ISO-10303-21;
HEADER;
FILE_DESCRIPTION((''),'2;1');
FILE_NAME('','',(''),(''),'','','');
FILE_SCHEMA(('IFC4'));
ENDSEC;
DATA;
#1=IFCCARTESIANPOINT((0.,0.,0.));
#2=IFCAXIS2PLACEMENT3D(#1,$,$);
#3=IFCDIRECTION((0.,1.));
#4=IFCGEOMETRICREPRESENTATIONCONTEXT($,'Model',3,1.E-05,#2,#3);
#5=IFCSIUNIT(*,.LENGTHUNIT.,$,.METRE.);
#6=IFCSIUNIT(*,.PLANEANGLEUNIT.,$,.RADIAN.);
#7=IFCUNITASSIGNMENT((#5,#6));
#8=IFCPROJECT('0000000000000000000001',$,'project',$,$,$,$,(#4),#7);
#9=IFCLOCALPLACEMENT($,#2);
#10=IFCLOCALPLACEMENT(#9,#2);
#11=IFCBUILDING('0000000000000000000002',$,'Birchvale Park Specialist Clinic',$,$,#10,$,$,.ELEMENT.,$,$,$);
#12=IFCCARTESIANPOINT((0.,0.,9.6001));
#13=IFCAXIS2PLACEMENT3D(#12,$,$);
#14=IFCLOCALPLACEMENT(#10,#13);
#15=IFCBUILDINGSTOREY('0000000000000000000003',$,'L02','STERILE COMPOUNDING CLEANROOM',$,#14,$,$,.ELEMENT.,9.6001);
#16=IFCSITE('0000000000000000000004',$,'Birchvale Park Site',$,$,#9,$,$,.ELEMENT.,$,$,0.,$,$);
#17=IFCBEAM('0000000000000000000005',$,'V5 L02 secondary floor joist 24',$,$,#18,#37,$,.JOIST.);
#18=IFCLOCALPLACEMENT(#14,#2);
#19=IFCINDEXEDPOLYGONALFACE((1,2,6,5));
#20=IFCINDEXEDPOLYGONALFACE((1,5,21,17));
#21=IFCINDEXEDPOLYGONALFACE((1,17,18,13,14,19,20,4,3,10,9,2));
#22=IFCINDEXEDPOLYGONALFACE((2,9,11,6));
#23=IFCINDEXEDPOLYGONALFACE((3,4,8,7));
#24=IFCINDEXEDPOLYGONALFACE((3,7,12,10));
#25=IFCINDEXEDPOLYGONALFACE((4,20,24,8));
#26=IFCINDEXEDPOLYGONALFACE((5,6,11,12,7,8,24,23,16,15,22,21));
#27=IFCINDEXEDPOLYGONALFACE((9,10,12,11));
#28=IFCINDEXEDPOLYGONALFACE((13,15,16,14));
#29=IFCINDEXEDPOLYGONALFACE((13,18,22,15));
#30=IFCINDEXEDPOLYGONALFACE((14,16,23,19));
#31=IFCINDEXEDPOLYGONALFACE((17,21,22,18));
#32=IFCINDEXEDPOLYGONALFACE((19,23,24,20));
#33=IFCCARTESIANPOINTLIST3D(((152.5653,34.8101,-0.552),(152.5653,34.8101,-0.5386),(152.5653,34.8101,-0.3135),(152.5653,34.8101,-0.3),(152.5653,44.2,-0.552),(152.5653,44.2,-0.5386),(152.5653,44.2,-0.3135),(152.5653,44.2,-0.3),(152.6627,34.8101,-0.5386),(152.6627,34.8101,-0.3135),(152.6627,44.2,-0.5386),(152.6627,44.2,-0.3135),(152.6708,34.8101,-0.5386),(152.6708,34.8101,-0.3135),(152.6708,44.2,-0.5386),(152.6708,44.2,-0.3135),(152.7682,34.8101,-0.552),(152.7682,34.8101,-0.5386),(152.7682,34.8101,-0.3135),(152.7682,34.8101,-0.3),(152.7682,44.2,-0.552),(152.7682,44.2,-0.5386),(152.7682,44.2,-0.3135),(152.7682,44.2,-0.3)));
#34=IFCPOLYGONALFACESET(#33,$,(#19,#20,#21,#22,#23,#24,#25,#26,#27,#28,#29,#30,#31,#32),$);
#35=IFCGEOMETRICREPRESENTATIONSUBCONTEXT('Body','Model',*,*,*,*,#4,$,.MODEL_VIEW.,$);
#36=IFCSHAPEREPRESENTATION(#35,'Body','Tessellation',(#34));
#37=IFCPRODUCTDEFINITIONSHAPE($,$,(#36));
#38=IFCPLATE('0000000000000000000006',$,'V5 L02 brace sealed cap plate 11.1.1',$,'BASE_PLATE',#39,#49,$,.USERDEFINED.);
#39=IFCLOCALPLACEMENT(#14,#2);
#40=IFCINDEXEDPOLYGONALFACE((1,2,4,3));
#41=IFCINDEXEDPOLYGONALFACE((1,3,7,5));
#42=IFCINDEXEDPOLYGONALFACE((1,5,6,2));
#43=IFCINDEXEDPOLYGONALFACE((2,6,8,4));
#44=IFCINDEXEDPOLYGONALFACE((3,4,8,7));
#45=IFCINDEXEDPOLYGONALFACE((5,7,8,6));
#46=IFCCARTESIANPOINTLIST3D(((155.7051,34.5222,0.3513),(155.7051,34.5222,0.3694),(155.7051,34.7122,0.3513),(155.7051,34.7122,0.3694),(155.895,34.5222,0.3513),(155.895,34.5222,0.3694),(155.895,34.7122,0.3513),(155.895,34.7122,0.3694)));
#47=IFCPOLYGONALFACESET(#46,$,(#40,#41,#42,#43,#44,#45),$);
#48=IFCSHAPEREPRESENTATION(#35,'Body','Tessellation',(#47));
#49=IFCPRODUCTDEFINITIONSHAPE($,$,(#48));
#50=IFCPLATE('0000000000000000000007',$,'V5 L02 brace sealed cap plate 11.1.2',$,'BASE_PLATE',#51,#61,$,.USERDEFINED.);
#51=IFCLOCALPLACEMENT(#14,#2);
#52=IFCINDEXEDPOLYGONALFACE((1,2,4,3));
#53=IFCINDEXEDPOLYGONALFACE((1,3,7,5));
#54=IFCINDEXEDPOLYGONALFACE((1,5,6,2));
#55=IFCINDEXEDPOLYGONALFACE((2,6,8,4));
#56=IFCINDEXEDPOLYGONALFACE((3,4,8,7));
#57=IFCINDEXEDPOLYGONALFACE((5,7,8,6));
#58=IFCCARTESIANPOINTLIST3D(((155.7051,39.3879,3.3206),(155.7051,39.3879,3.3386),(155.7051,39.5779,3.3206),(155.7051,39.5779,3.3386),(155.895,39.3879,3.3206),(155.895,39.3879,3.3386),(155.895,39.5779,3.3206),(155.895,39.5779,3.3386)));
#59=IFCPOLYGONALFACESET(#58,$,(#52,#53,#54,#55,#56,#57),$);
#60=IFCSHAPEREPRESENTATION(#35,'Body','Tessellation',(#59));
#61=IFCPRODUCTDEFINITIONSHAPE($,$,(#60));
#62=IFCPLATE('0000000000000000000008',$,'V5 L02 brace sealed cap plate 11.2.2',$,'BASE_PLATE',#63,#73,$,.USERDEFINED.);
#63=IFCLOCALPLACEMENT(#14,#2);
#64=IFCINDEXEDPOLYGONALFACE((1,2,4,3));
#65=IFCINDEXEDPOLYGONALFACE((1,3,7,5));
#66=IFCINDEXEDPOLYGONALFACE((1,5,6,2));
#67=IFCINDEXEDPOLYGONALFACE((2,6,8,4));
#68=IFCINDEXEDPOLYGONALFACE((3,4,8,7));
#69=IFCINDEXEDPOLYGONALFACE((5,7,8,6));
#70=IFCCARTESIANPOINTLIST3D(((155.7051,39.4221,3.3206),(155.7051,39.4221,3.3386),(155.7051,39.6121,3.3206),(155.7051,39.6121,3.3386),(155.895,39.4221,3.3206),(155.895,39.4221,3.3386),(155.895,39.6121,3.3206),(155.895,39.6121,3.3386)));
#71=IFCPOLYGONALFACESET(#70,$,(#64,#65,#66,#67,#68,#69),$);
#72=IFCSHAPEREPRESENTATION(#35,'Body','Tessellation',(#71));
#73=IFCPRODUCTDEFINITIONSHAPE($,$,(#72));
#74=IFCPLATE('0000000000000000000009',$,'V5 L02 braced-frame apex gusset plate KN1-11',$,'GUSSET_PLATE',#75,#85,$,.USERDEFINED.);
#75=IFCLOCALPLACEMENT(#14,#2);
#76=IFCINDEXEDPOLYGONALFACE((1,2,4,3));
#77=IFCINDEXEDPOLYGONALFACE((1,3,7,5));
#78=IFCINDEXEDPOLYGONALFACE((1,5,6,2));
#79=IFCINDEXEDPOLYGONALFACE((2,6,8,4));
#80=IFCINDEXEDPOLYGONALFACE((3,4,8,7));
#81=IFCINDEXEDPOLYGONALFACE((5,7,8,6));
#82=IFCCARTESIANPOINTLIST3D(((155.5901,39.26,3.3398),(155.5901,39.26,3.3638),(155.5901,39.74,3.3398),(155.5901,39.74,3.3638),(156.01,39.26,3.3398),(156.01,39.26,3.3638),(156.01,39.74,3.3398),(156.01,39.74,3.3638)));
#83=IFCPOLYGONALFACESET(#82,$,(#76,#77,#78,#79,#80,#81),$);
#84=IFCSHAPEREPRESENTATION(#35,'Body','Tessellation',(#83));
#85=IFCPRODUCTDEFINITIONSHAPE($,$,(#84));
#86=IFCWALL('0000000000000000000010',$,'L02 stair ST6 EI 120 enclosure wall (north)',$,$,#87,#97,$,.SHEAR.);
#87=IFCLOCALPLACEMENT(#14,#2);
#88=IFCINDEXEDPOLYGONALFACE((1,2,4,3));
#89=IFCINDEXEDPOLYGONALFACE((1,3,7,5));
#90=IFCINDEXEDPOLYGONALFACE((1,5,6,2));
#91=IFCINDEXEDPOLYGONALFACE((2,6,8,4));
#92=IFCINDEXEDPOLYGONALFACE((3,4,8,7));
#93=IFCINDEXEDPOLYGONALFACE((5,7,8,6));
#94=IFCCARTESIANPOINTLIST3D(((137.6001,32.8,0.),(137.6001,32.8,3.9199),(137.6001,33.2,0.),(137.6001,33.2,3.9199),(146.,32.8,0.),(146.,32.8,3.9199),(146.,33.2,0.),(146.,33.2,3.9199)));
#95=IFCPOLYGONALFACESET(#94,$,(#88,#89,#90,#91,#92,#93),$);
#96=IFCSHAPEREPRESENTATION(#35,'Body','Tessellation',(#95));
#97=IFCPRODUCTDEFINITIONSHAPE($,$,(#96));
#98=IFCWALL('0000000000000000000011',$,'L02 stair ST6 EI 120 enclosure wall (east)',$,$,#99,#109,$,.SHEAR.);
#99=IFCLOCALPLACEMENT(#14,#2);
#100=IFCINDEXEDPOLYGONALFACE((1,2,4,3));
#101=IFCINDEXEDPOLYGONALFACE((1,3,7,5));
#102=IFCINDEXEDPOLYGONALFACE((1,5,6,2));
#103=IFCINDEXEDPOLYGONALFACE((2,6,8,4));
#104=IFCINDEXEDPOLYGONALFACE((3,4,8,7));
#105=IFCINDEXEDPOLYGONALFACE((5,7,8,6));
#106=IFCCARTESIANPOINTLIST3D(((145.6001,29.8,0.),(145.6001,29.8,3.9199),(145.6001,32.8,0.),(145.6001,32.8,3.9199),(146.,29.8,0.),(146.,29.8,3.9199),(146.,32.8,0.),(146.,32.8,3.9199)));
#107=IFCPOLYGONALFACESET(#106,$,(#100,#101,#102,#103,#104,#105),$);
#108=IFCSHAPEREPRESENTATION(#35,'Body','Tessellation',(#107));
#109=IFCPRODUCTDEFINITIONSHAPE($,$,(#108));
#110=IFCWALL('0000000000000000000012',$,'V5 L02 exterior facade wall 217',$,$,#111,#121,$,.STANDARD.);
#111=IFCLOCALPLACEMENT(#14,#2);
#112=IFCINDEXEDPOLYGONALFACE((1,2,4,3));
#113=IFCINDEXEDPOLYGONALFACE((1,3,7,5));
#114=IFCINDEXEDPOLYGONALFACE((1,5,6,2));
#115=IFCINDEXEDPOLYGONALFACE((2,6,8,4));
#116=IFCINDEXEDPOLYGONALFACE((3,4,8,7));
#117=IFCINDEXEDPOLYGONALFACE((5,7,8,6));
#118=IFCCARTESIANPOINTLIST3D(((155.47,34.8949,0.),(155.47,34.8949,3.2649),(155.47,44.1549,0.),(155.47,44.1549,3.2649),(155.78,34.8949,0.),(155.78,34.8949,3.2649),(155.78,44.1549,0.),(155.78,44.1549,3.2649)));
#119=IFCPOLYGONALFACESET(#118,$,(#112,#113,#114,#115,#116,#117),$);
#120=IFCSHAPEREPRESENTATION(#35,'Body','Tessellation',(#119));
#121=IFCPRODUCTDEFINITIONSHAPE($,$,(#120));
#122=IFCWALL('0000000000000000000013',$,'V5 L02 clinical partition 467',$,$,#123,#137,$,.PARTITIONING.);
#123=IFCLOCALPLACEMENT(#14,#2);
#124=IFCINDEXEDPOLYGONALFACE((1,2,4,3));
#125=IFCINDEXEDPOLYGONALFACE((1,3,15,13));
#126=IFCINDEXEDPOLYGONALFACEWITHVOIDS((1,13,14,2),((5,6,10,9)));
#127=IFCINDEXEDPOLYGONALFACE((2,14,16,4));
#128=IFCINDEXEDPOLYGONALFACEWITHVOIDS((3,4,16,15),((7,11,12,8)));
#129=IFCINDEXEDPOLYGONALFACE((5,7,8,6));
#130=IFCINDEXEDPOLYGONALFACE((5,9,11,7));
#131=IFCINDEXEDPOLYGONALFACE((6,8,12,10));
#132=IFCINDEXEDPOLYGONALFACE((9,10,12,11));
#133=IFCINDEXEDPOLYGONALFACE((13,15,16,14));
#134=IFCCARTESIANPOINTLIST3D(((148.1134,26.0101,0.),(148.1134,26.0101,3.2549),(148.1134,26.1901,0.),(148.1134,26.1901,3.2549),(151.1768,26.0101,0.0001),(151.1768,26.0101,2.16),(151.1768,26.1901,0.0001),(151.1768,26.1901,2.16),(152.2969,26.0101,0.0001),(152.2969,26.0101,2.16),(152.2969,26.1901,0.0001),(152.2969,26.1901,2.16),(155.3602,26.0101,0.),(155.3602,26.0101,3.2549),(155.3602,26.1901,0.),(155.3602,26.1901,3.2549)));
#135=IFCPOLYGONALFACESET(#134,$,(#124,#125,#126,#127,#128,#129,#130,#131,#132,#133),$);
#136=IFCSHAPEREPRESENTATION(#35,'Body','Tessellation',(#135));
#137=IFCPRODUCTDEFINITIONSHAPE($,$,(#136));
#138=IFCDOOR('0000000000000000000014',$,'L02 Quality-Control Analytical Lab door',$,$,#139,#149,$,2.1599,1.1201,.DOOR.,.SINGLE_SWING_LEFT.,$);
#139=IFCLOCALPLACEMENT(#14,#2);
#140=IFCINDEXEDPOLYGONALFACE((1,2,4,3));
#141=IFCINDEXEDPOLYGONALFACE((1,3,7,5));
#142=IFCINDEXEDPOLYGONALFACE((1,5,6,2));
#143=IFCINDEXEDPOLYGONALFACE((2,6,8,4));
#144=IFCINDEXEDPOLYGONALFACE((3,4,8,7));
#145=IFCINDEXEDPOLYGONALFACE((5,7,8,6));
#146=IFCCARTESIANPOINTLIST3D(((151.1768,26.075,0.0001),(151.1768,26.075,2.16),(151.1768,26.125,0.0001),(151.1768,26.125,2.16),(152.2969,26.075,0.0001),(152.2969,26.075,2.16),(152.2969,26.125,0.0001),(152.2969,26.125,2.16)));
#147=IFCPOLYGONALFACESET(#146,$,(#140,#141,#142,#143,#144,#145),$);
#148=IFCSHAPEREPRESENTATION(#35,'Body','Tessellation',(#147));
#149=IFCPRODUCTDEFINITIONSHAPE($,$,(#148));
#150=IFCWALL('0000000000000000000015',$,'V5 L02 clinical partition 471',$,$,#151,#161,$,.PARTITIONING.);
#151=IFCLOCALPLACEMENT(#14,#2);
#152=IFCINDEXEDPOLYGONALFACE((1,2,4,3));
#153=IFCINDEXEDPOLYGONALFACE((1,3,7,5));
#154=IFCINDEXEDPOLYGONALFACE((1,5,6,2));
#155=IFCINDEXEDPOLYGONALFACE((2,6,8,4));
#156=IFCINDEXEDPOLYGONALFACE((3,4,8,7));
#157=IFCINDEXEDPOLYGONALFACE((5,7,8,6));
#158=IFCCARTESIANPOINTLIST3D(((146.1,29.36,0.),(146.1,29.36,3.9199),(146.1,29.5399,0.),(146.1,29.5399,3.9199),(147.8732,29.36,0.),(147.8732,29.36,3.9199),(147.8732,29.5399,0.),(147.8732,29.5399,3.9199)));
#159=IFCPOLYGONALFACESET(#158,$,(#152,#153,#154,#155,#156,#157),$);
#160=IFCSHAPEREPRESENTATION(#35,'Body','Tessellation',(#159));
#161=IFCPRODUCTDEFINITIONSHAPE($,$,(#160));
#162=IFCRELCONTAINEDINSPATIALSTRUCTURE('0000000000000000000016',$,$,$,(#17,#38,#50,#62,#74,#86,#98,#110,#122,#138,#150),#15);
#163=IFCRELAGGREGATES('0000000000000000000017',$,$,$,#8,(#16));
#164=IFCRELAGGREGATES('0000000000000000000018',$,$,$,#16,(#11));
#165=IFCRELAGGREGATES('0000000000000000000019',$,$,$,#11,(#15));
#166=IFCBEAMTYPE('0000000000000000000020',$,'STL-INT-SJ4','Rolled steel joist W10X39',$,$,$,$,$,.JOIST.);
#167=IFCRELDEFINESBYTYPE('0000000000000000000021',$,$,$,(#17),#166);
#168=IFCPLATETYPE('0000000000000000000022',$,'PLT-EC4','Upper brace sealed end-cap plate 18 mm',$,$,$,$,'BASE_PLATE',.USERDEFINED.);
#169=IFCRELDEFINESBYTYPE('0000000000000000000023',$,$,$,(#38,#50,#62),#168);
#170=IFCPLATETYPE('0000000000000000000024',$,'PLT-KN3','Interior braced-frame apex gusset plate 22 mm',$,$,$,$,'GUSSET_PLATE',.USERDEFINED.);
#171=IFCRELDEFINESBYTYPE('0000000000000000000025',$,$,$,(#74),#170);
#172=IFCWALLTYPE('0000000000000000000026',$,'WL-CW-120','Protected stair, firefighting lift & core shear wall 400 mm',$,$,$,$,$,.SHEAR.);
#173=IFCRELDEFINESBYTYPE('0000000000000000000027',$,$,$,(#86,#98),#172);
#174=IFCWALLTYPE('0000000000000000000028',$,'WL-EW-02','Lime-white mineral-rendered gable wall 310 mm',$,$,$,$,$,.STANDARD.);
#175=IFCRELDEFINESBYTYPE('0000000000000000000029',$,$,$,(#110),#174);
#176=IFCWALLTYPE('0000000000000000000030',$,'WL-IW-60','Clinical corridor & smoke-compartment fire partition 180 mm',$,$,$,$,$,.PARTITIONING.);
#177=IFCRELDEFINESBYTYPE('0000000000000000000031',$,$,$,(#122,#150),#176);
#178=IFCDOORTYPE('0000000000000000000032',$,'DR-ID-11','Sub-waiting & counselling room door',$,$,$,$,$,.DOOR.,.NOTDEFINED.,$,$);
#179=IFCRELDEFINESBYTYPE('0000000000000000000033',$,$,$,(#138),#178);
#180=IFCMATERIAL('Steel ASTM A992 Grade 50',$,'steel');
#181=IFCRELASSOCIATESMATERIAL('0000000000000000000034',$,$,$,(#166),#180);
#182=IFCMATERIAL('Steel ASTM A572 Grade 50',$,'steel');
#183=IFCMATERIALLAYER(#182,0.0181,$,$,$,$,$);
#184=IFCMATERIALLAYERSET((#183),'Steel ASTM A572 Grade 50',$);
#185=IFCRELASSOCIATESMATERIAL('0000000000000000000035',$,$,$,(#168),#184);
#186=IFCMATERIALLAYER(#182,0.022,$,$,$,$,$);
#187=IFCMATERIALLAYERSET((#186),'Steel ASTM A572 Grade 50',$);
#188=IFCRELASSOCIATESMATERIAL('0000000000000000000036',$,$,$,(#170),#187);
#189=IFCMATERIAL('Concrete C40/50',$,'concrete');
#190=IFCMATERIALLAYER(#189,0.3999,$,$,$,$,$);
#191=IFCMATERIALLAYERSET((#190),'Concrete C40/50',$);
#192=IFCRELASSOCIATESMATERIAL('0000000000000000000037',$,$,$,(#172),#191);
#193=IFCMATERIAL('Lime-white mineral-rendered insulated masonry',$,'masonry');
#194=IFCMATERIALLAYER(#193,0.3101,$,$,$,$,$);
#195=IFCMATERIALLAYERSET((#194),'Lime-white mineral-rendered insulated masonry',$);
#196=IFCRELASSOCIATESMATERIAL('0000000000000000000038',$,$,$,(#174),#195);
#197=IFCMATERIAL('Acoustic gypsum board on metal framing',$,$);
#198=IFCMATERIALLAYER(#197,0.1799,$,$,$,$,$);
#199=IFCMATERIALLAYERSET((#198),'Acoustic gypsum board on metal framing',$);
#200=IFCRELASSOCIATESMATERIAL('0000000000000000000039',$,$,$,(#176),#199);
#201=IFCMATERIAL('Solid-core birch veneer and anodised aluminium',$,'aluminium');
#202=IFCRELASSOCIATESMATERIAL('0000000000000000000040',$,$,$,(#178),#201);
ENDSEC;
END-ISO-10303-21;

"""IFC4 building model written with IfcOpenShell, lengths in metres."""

from ifc_helpers import new_model, si_unit, direction, frame, frame_2d, origin, origin_2d, place, context, subcontext, project, spatial, rectangle, i_section, extrude, material, layer, layer_set, material_profile, profile_set, type_object, element, fill, save


model = new_model("IFC4")

# Units and contexts
model_context = context("Model", 3, precision=1e-05, world=origin(), true_north=direction((0.0, 1.0)))
body_context = subcontext(model_context, "Body", "Model", "MODEL_VIEW")
ifc_project = project(units=[si_unit("LENGTHUNIT", "METRE"), si_unit("PLANEANGLEUNIT", "RADIAN")], contexts=[model_context])

# Site, building, storey
site_placement = place(None, origin())
site = spatial("IfcSite", under=ifc_project, at=site_placement, Name="Birchvale Park Site", CompositionType="ELEMENT", RefElevation=0.0)
building_placement = place(site_placement, origin())
building = spatial("IfcBuilding", under=site, at=building_placement, Name="Birchvale Park Specialist Clinic", CompositionType="ELEMENT")
storey_placement = place(building_placement, frame((0.0, 0.0, 9.6001)))
storey = spatial("IfcBuildingStorey", under=building, at=storey_placement, Name="L02", Description="STERILE COMPOUNDING CLEANROOM", CompositionType="ELEMENT", Elevation=9.6001)

# Shared definitions
ifc_material_1 = material(Name="Concrete C40/50", Category="concrete")

# Beam
ifc_material_2 = material(Name="Steel ASTM A992 Grade 50", Category="steel")
ifc_material_profile_1 = material_profile(ifc_material_2, i_section(OverallWidth=0.2029, OverallDepth=0.252, WebThickness=0.0081, FlangeThickness=0.0134, at=origin_2d()), Name="W10X39")
ifc_profile_set_1 = profile_set([ifc_material_profile_1], Name="Steel ASTM A992 Grade 50")
beam_type_1 = type_object("IfcBeamType", Name="STL-INT-SJ4", Description="Rolled steel joist W10X39", PredefinedType="JOIST", material=ifc_profile_set_1)
beam_1_placement = place(storey_placement, frame((152.6667, 34.8101, -0.426), z_axis=(0.0, 1.0, 0.0), x_axis=(-1.0, 0.0, 0.0)))
element("IfcBeam", 1, at=beam_1_placement, inside=storey, type_object=beam_type_1, Name="V5 L02 secondary floor joist 24", PredefinedType="JOIST", context=body_context, shape_type="SweptSolid", body=[
    extrude(i_section(OverallWidth=0.2029, OverallDepth=0.252, WebThickness=0.0081, FlangeThickness=0.0134, at=origin_2d()), origin(), (0.0, 0.0, 1.0), 9.3899),
])

# Plates
ifc_material_3 = material(Name="Steel ASTM A572 Grade 50", Category="steel")
ifc_layer_1 = layer(ifc_material_3, 0.0181)
ifc_layer_set_1 = layer_set([ifc_layer_1], Name="Steel ASTM A572 Grade 50")
plate_type_1 = type_object("IfcPlateType", Name="PLT-EC4", Description="Upper brace sealed end-cap plate 18 mm", ElementType="BASE_PLATE", PredefinedType="USERDEFINED", material=ifc_layer_set_1)
for number, where, z_axis, x_axis, name in (
    (2, (155.8, 34.6172, 0.3513), (0.0, 0.0, 1.0), (1.0, 0.0, 0.0), "V5 L02 brace sealed cap plate 11.1.1"),
    (3, (155.8, 39.4829, 3.3206), (0.0, 0.0, 1.0), (1.0, 0.0, 0.0), "V5 L02 brace sealed cap plate 11.1.2"),
    (4, (155.8, 39.5171, 3.3206), (0.0, 0.0, 1.0), (1.0, 0.0, 0.0), "V5 L02 brace sealed cap plate 11.2.2"),
):
    element("IfcPlate", number, at=place(storey_placement, frame(where, z_axis=z_axis, x_axis=x_axis)), inside=storey, type_object=plate_type_1, Name=name, ObjectType="BASE_PLATE", PredefinedType="USERDEFINED", context=body_context, shape_type="SweptSolid", body=[
        extrude(rectangle(XDim=0.1899, YDim=0.1899, at=origin_2d()), origin(), (0.0, 0.0, 1.0), 0.0181),
    ])
ifc_layer_2 = layer(ifc_material_3, 0.022)
ifc_layer_set_2 = layer_set([ifc_layer_2], Name="Steel ASTM A572 Grade 50")
plate_type_2 = type_object("IfcPlateType", Name="PLT-KN3", Description="Interior braced-frame apex gusset plate 22 mm", ElementType="GUSSET_PLATE", PredefinedType="USERDEFINED", material=ifc_layer_set_2)
plate_placement = place(storey_placement, frame((155.8, 39.5, 3.3398), z_axis=(0.0, 0.0, 1.0), x_axis=(1.0, 0.0, 0.0)))
element("IfcPlate", 5, at=plate_placement, inside=storey, type_object=plate_type_2, Name="V5 L02 braced-frame apex gusset plate KN1-11", ObjectType="GUSSET_PLATE", PredefinedType="USERDEFINED", context=body_context, shape_type="SweptSolid", body=[
    extrude(rectangle(XDim=0.4199, YDim=0.48, at=origin_2d()), origin(), (0.0, 0.0, 1.0), 0.0239),
])

# Walls
ifc_layer_3 = layer(ifc_material_1, 0.3999)
ifc_layer_set_3 = layer_set([ifc_layer_3], Name="Concrete C40/50")
wall_type_1 = type_object("IfcWallType", Name="WL-CW-120", Description="Protected stair, firefighting lift & core shear wall 400 mm", PredefinedType="SHEAR", material=ifc_layer_set_3)
wall_1_placement = place(storey_placement, frame((146.0, 33.0, 0.0), z_axis=(0.0, 0.0, 1.0), x_axis=(-1.0, 0.0, 0.0)))
element("IfcWall", 6, at=wall_1_placement, inside=storey, type_object=wall_type_1, Name="L02 stair ST6 EI 120 enclosure wall (north)", PredefinedType="SHEAR", context=body_context, shape_type="SweptSolid", body=[
    extrude(rectangle(XDim=8.3999, YDim=0.3999, at=frame_2d((4.2, 0.0))), origin(), (0.0, 0.0, 1.0), 3.9199),
])
wall_2_placement = place(storey_placement, frame((145.8, 32.8, 0.0), z_axis=(0.0, 0.0, 1.0), x_axis=(0.0, -1.0, 0.0)))
element("IfcWall", 7, at=wall_2_placement, inside=storey, type_object=wall_type_1, Name="L02 stair ST6 EI 120 enclosure wall (east)", PredefinedType="SHEAR", context=body_context, shape_type="SweptSolid", body=[
    extrude(rectangle(XDim=3.0, YDim=0.3999, at=frame_2d((1.5, 0.0))), origin(), (0.0, 0.0, 1.0), 3.9199),
])
ifc_material_4 = material(Name="Lime-white mineral-rendered insulated masonry", Category="masonry")
ifc_layer_4 = layer(ifc_material_4, 0.3101)
ifc_layer_set_4 = layer_set([ifc_layer_4], Name="Lime-white mineral-rendered insulated masonry")
wall_type_2 = type_object("IfcWallType", Name="WL-EW-02", Description="Lime-white mineral-rendered gable wall 310 mm", PredefinedType="STANDARD", material=ifc_layer_set_4)
wall_3_placement = place(storey_placement, frame((155.625, 34.895, 0.0), z_axis=(0.0, 0.0, 1.0), x_axis=(0.0, 1.0, 0.0)))
element("IfcWall", 8, at=wall_3_placement, inside=storey, type_object=wall_type_2, Name="V5 L02 exterior facade wall 217", PredefinedType="STANDARD", context=body_context, shape_type="SweptSolid", body=[
    extrude(rectangle(XDim=9.26, YDim=0.3101, at=frame_2d((4.6299, 0.0))), origin(), (0.0, 0.0, 1.0), 3.2649),
])

# Wall, opening, door
ifc_material_5 = material(Name="Acoustic gypsum board on metal framing")
ifc_layer_5 = layer(ifc_material_5, 0.1799)
ifc_layer_set_5 = layer_set([ifc_layer_5], Name="Acoustic gypsum board on metal framing")
wall_type_3 = type_object("IfcWallType", Name="WL-IW-60", Description="Clinical corridor & smoke-compartment fire partition 180 mm", PredefinedType="PARTITIONING", material=ifc_layer_set_5)
wall_4_placement = place(storey_placement, frame((148.1133, 26.1001, 0.0), z_axis=(0.0, 0.0, 1.0), x_axis=(1.0, 0.0, 0.0)))
wall_4 = element("IfcWall", 9, at=wall_4_placement, inside=storey, type_object=wall_type_3, Name="V5 L02 clinical partition 467", PredefinedType="PARTITIONING", context=body_context, shape_type="SweptSolid", body=[
    extrude(rectangle(XDim=7.2468, YDim=0.1799, at=frame_2d((3.6235, 0.0))), origin(), (0.0, 0.0, 1.0), 3.2549),
])
opening_1_placement = place(wall_4_placement, frame((3.0635, 0.0, 0.0)))
opening_1 = element("IfcOpeningElement", 10, at=opening_1_placement, cuts=wall_4, PredefinedType="OPENING", context=body_context, shape_type="SweptSolid", body=[
    extrude(rectangle(XDim=1.1201, YDim=2.1599, at=frame_2d((0.5601, 1.0801))), frame((0.0, 0.1001, 0.0), z_axis=(0.0, -1.0, 0.0), x_axis=(1.0, 0.0, 0.0)), (0.0, 0.0, 1.0), 0.2),
])
ifc_material_6 = material(Name="Solid-core birch veneer and anodised aluminium", Category="aluminium")
door_type_1 = type_object("IfcDoorType", Name="DR-ID-11", Description="Sub-waiting & counselling room door", OperationType="NOTDEFINED", PredefinedType="DOOR", material=ifc_material_6)
door_1_placement = place(opening_1_placement, origin())
door_1 = element("IfcDoor", 11, at=door_1_placement, inside=storey, type_object=door_type_1, Name="L02 Quality-Control Analytical Lab door", OperationType="SINGLE_SWING_LEFT", OverallHeight=2.1599, OverallWidth=1.1201, PredefinedType="DOOR", context=body_context, shape_type="SweptSolid", body=[
    extrude(rectangle(XDim=1.1201, YDim=2.1599, at=frame_2d((0.5601, 1.0801))), frame((0.0, 0.0249, 0.0), z_axis=(0.0, -1.0, 0.0), x_axis=(1.0, 0.0, 0.0)), (0.0, 0.0, 1.0), 0.05),
])
fill(opening_1, door_1)

# Wall
wall_5_placement = place(storey_placement, frame((147.8733, 29.45, 0.0), z_axis=(0.0, 0.0, 1.0), x_axis=(-1.0, 0.0, 0.0)))
element("IfcWall", 12, at=wall_5_placement, inside=storey, type_object=wall_type_3, Name="V5 L02 clinical partition 471", PredefinedType="PARTITIONING", context=body_context, shape_type="SweptSolid", body=[
    extrude(rectangle(XDim=1.7732, YDim=0.1799, at=frame_2d((0.8867, 0.0))), origin(), (0.0, 0.0, 1.0), 3.9199),
])

save(model, "model.ifc")
